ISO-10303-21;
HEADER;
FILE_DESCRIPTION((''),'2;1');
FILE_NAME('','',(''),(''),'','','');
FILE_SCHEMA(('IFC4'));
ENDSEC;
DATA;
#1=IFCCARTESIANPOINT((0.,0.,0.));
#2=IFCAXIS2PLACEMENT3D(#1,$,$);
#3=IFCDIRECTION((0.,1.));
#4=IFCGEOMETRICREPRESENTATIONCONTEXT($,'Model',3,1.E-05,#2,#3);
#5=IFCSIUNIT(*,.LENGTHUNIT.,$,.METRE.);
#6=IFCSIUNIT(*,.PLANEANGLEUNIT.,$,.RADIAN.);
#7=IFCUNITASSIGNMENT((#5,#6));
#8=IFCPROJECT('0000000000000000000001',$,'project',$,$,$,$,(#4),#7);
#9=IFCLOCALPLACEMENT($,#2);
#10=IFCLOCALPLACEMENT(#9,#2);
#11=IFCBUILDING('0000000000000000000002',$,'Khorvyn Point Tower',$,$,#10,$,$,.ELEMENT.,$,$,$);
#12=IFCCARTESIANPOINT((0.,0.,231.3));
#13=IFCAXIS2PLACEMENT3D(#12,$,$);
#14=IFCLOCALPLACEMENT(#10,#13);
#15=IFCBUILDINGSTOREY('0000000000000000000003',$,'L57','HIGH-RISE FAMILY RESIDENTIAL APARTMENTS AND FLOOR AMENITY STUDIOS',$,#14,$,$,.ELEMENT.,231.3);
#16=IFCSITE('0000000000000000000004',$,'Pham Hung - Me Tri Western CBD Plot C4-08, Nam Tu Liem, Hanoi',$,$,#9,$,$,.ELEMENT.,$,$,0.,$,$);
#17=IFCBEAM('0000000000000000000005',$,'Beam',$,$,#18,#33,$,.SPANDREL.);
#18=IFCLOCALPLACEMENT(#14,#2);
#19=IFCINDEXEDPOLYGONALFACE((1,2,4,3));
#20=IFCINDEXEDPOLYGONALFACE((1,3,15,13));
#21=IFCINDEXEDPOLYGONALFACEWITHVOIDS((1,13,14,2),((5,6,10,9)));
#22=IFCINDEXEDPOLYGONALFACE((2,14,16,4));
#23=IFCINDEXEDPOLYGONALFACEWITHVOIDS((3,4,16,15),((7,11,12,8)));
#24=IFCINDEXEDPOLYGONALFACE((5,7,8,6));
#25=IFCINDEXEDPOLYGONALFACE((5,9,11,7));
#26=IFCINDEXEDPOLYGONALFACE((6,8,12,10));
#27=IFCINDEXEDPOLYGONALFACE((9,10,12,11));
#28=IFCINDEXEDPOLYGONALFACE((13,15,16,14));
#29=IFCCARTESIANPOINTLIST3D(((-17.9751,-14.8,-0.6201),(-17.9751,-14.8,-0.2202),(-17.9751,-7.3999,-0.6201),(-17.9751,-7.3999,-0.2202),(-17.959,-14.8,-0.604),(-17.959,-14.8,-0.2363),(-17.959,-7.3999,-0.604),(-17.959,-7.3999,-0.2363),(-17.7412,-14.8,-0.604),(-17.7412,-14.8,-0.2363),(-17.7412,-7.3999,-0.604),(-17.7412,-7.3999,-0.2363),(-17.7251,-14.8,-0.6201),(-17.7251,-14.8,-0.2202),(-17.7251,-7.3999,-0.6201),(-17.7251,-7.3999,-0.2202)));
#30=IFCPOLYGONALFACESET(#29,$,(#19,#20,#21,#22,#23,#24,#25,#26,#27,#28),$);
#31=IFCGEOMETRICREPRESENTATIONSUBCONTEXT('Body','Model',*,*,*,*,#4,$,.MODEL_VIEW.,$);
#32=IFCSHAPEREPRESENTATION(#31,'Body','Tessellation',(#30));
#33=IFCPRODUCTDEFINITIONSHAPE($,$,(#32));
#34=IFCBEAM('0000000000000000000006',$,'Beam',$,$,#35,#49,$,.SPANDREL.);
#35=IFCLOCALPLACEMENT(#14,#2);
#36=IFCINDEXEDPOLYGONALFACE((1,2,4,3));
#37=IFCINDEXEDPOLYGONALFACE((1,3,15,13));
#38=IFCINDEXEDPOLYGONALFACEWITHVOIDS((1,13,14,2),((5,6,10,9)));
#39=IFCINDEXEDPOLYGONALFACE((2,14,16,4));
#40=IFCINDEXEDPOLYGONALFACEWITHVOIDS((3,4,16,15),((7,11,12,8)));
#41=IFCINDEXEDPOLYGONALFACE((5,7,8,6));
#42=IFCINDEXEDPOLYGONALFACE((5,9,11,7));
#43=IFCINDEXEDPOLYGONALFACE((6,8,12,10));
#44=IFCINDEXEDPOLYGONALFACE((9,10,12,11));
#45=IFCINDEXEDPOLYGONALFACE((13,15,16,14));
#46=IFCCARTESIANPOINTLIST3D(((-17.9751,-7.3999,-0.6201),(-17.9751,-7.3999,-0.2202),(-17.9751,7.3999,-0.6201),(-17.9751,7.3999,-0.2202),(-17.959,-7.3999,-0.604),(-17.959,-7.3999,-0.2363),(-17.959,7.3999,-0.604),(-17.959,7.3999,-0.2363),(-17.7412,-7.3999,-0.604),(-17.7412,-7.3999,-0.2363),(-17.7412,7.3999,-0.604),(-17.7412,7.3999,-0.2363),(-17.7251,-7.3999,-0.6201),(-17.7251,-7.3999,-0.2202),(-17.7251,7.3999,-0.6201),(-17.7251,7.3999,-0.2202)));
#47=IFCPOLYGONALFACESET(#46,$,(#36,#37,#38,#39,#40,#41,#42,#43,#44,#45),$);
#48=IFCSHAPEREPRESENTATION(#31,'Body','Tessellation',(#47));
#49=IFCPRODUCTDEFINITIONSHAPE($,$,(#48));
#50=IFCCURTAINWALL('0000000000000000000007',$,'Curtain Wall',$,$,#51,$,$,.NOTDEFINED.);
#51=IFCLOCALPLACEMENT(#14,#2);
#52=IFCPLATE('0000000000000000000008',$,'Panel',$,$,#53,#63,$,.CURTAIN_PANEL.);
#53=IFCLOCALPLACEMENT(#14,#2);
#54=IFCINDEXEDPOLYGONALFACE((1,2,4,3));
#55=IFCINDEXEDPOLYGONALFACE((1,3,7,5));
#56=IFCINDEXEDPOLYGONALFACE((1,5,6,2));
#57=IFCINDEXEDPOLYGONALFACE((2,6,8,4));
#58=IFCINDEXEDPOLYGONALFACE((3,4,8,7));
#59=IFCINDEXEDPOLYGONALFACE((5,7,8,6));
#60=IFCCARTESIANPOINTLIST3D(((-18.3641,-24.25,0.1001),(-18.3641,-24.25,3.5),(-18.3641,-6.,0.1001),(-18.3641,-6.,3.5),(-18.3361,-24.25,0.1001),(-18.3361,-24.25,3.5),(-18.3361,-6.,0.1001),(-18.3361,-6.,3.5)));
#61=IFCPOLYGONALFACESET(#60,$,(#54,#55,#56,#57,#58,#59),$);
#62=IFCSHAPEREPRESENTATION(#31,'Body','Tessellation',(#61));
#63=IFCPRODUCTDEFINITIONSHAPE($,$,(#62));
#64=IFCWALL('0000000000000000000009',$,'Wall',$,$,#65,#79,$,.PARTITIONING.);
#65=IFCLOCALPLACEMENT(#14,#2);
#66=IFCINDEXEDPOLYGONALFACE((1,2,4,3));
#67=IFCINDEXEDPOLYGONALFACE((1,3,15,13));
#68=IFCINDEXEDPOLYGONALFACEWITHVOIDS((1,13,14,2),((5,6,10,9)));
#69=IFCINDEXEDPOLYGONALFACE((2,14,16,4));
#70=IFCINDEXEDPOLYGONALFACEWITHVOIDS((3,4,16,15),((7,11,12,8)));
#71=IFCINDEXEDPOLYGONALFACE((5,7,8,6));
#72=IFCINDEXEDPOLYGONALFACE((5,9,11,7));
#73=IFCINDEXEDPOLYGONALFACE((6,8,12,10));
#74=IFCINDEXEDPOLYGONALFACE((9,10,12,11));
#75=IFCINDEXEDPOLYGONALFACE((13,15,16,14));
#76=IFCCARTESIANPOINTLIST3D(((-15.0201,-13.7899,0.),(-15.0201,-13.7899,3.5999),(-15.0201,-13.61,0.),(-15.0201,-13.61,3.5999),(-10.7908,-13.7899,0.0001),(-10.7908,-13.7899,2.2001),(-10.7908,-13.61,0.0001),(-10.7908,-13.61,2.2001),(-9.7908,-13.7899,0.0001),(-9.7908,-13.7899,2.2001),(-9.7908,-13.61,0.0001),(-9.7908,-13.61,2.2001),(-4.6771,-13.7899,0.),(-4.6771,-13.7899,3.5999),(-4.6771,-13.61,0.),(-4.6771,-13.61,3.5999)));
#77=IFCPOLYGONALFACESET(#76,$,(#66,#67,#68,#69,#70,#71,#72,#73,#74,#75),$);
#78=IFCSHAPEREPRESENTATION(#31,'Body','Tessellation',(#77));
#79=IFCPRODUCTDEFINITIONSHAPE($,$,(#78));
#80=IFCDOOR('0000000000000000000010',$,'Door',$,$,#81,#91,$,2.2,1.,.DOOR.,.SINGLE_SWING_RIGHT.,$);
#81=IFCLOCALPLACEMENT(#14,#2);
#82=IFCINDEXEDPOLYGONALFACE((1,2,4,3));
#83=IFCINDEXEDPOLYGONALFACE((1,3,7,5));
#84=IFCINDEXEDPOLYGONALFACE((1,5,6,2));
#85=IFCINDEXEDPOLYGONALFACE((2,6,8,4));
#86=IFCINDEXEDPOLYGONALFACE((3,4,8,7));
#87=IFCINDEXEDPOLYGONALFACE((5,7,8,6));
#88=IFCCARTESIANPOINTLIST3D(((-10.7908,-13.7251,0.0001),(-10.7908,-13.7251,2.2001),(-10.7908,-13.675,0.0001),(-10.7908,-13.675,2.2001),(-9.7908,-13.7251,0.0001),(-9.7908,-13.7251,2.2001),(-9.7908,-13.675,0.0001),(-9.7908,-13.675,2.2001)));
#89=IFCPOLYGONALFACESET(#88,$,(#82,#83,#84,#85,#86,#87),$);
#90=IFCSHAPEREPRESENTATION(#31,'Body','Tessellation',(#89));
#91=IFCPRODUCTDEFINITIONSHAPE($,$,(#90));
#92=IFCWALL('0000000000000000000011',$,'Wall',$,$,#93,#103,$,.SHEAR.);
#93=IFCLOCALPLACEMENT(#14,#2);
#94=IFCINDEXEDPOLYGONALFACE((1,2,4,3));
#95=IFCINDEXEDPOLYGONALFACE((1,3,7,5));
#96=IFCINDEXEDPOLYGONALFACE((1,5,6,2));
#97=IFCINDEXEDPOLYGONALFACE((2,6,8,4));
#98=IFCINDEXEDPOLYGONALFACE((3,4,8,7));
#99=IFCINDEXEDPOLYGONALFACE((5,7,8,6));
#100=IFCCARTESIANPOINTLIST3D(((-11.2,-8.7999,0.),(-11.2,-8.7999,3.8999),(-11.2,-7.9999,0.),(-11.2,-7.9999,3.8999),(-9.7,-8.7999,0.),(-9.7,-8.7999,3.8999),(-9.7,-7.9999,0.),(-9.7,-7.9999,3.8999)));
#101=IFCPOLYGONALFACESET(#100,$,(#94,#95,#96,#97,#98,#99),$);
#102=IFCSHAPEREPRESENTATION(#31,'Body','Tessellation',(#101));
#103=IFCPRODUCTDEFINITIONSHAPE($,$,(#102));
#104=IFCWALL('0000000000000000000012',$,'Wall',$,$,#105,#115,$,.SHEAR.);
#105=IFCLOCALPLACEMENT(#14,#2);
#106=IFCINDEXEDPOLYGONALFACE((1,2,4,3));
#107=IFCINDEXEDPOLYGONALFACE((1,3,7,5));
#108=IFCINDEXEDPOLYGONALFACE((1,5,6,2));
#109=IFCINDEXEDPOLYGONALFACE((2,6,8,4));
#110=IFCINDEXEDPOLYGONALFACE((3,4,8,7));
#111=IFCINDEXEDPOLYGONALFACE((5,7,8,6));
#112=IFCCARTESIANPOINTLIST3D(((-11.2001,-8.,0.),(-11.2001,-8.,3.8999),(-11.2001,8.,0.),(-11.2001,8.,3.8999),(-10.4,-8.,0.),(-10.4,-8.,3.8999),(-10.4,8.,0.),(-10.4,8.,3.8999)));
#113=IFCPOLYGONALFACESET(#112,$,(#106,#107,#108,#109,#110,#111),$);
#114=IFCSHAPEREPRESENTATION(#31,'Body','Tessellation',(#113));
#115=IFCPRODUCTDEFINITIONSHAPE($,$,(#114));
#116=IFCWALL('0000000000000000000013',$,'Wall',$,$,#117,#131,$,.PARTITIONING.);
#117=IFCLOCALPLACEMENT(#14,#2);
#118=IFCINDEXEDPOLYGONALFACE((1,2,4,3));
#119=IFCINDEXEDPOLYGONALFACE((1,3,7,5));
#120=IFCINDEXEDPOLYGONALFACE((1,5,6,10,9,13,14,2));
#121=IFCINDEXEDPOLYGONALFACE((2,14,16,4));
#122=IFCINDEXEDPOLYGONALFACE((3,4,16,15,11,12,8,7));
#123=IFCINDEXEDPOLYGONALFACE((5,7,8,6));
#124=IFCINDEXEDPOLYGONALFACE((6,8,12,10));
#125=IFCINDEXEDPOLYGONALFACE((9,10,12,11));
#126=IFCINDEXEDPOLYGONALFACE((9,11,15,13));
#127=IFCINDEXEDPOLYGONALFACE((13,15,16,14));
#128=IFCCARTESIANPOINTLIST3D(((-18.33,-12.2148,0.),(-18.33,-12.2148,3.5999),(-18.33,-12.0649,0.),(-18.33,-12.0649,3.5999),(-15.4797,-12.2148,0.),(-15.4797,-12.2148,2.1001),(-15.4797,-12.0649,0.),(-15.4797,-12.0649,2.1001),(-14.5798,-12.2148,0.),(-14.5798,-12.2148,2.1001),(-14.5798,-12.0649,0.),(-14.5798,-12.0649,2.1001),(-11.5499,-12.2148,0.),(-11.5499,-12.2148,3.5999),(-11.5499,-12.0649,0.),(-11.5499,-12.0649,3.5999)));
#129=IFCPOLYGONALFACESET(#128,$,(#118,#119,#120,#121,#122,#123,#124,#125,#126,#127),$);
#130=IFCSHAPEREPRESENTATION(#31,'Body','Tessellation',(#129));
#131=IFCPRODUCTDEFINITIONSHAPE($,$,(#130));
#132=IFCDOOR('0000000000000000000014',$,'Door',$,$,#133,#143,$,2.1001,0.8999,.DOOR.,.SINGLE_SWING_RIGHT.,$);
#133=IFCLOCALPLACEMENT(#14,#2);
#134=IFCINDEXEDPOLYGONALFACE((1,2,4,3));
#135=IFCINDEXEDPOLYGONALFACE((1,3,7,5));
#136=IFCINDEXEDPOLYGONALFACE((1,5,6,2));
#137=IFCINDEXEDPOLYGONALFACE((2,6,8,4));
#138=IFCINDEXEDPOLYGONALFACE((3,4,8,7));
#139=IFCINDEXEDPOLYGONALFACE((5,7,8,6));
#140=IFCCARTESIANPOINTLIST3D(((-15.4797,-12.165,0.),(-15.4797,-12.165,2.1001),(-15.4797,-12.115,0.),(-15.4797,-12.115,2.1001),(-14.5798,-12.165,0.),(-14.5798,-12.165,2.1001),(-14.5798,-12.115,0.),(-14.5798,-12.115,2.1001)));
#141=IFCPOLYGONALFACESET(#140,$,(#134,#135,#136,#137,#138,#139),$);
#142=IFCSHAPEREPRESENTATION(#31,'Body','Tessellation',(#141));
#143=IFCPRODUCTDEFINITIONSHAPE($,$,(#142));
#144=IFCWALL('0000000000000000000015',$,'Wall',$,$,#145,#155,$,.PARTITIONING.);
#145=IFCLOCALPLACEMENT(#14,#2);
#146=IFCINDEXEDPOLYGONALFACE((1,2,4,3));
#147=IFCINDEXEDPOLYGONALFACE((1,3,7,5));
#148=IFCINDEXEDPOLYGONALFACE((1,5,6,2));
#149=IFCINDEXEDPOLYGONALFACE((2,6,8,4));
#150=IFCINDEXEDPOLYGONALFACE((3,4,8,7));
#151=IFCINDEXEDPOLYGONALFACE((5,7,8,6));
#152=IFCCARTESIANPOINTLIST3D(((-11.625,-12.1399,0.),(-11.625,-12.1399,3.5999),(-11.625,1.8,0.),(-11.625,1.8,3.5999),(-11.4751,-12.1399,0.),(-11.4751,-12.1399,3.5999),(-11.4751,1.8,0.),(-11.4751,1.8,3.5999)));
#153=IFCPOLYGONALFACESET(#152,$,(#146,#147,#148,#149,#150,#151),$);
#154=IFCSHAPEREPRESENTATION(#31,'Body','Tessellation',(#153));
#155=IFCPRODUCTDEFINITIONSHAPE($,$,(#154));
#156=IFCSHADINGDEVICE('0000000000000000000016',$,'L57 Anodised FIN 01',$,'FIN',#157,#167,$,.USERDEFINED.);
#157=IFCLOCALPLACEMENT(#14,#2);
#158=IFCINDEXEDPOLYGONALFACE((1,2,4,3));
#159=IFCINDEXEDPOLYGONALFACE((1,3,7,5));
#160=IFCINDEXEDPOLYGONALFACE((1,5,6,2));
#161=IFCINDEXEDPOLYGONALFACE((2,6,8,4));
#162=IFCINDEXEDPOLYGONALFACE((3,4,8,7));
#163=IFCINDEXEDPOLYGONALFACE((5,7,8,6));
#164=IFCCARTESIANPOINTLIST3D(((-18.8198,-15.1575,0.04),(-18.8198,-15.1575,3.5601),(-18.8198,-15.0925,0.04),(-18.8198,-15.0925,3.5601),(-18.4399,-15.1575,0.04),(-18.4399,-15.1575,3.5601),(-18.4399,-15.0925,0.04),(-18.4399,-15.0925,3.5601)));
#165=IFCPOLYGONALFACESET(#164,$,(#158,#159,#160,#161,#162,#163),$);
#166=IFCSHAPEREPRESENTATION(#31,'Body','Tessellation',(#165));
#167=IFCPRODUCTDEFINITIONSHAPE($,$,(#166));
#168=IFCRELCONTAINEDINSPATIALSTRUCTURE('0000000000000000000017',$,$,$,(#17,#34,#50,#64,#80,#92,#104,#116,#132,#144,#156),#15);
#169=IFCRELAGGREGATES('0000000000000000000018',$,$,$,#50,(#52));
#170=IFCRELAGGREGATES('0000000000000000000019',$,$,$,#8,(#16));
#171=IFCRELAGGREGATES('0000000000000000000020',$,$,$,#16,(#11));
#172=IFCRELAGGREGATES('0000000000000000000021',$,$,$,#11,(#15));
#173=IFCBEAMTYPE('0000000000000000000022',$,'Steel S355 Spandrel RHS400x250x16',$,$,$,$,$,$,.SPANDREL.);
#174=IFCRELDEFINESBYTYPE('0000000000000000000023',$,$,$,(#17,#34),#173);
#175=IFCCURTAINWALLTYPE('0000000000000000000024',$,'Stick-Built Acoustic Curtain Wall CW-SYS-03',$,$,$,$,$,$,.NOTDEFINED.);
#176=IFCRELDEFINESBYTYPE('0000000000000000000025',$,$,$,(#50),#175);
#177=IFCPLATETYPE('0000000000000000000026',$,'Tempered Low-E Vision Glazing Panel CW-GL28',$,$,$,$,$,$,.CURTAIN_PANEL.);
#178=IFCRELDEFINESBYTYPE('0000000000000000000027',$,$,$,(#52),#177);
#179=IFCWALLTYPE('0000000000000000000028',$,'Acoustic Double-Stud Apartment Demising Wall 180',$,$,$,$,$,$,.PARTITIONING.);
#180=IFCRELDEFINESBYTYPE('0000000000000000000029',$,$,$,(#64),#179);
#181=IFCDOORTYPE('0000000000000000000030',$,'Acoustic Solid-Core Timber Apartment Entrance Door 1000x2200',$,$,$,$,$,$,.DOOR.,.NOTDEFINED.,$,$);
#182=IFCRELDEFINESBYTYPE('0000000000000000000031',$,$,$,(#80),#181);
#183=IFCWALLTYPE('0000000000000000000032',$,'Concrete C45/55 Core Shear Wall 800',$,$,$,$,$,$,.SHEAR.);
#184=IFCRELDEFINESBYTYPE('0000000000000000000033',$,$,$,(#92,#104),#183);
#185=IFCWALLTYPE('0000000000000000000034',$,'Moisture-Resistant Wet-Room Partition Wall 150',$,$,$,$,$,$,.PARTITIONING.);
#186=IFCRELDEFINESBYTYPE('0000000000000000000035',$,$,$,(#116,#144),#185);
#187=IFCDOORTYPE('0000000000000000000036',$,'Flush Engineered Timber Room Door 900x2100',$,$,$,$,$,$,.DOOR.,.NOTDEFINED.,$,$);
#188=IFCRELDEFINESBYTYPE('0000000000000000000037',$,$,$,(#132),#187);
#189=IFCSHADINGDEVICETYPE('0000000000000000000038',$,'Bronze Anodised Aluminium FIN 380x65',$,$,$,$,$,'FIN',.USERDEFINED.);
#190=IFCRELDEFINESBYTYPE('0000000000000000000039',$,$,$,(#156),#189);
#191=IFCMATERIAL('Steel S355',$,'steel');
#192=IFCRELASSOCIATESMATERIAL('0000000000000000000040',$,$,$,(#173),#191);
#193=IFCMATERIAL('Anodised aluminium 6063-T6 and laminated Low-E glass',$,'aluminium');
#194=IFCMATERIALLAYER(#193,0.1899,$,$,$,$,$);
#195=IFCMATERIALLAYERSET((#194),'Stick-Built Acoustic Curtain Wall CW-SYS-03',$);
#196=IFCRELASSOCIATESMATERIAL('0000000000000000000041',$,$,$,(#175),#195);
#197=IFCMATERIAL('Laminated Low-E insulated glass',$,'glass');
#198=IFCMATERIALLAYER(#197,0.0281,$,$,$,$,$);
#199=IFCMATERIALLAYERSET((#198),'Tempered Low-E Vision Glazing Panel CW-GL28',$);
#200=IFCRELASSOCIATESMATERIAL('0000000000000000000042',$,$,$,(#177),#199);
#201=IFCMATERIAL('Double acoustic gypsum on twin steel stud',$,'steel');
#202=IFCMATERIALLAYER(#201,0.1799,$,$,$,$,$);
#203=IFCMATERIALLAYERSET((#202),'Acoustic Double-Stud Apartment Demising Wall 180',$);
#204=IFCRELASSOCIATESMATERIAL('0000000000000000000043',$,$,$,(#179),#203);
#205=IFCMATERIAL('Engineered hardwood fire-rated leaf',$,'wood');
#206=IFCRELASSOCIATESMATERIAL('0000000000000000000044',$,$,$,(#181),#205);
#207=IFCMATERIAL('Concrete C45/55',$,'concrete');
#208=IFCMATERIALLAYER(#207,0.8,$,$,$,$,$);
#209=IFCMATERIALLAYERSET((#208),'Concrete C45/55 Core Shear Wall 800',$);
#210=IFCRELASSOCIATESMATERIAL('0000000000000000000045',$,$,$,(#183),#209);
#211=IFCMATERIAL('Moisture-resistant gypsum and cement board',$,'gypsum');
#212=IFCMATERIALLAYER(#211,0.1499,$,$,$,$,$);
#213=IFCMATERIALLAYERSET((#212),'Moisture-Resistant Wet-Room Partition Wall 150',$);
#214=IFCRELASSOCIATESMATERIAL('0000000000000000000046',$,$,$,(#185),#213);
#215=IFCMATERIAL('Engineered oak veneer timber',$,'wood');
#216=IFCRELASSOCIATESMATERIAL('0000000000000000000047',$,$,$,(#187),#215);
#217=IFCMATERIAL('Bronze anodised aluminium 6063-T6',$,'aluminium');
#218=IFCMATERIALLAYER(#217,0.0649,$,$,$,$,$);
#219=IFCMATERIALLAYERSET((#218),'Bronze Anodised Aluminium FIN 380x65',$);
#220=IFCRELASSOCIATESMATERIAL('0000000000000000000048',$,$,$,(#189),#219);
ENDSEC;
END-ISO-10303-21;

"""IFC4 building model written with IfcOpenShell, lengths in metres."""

from ifc_helpers import new_model, si_unit, direction, frame, frame_2d, origin, origin_2d, place, context, subcontext, project, spatial, rectangle, hollow_rectangle, extrude, material, layer, layer_set, material_profile, profile_set, type_object, element, fill, aggregate, save


model = new_model("IFC4")

# Units and contexts
model_context = context("Model", 3, precision=1e-05, world=origin(), true_north=direction((0.0, 1.0)))
body_context = subcontext(model_context, "Body", "Model", "MODEL_VIEW")
ifc_project = project(units=[si_unit("LENGTHUNIT", "METRE"), si_unit("PLANEANGLEUNIT", "RADIAN")], contexts=[model_context])

# Site, building, storey
site_placement = place(None, origin())
site = spatial("IfcSite", under=ifc_project, at=site_placement, Name="Pham Hung - Me Tri Western CBD Plot C4-08, Nam Tu Liem, Hanoi", CompositionType="ELEMENT", RefElevation=0.0)
building_placement = place(site_placement, origin())
building = spatial("IfcBuilding", under=site, at=building_placement, Name="Khorvyn Point Tower", CompositionType="ELEMENT")
storey_placement = place(building_placement, frame((0.0, 0.0, 231.3)))
storey = spatial("IfcBuildingStorey", under=building, at=storey_placement, Name="L57", Description="HIGH-RISE FAMILY RESIDENTIAL APARTMENTS AND FLOOR AMENITY STUDIOS", CompositionType="ELEMENT", Elevation=231.3)

# Shared definitions
ifc_material_1 = material(Name="Concrete C45/55", Category="concrete")

# Beams
ifc_material_2 = material(Name="Steel S355", Category="steel")
ifc_material_profile_1 = material_profile(ifc_material_2, hollow_rectangle(XDim=0.25, YDim=0.3999, WallThickness=0.0161, at=origin_2d()))
ifc_profile_set_1 = profile_set([ifc_material_profile_1], Name="Steel S355 RHS400x250x16")
beam_type_1 = type_object("IfcBeamType", Name="Steel S355 Spandrel RHS400x250x16", PredefinedType="SPANDREL", material=ifc_profile_set_1)
beam_1_placement = place(storey_placement, frame((-17.8501, -14.8, -0.4202), z_axis=(0.0, 1.0, 0.0), x_axis=(-1.0, 0.0, 0.0)))
element("IfcBeam", 1, at=beam_1_placement, inside=storey, type_object=beam_type_1, Name="Beam", PredefinedType="SPANDREL", context=body_context, shape_type="SweptSolid", body=[
    extrude(hollow_rectangle(XDim=0.25, YDim=0.3999, WallThickness=0.0161, at=origin_2d()), origin(), (0.0, 0.0, 1.0), 7.4001),
])
beam_2_placement = place(storey_placement, frame((-17.8501, -7.3999, -0.4202), z_axis=(0.0, 1.0, 0.0), x_axis=(-1.0, 0.0, 0.0)))
element("IfcBeam", 2, at=beam_2_placement, inside=storey, type_object=beam_type_1, Name="Beam", PredefinedType="SPANDREL", context=body_context, shape_type="SweptSolid", body=[
    extrude(hollow_rectangle(XDim=0.25, YDim=0.3999, WallThickness=0.0161, at=origin_2d()), origin(), (0.0, 0.0, 1.0), 14.7998),
])

# Curtain wall, plate
ifc_material_3 = material(Name="Anodised aluminium 6063-T6 and laminated Low-E glass", Category="aluminium")
ifc_layer_1 = layer(ifc_material_3, 0.1899)
ifc_layer_set_1 = layer_set([ifc_layer_1], Name="Stick-Built Acoustic Curtain Wall CW-SYS-03")
curtain_wall_type = type_object("IfcCurtainWallType", Name="Stick-Built Acoustic Curtain Wall CW-SYS-03", PredefinedType="NOTDEFINED", material=ifc_layer_set_1)
curtain_wall_placement = place(storey_placement, origin())
curtain_wall = element("IfcCurtainWall", 3, at=curtain_wall_placement, inside=storey, type_object=curtain_wall_type, Name="Curtain Wall", PredefinedType="NOTDEFINED")
ifc_material_4 = material(Name="Laminated Low-E insulated glass", Category="glass")
ifc_layer_2 = layer(ifc_material_4, 0.0281)
ifc_layer_set_2 = layer_set([ifc_layer_2], Name="Tempered Low-E Vision Glazing Panel CW-GL28")
plate_type = type_object("IfcPlateType", Name="Tempered Low-E Vision Glazing Panel CW-GL28", PredefinedType="CURTAIN_PANEL", material=ifc_layer_set_2)
plate_placement = place(storey_placement, frame((-18.3501, -15.125, 0.1001), z_axis=(0.0, 0.0, 1.0), x_axis=(0.0, 1.0, 0.0)))
plate = element("IfcPlate", 4, at=plate_placement, type_object=plate_type, Name="Panel", PredefinedType="CURTAIN_PANEL", context=body_context, shape_type="SweptSolid", body=[
    extrude(rectangle(XDim=18.25, YDim=0.0281, at=origin_2d()), origin(), (0.0, 0.0, 1.0), 3.3999),
])
aggregate(curtain_wall, [plate])

# Wall, opening, door
ifc_material_5 = material(Name="Double acoustic gypsum on twin steel stud", Category="steel")
ifc_layer_3 = layer(ifc_material_5, 0.1799)
ifc_layer_set_3 = layer_set([ifc_layer_3], Name="Acoustic Double-Stud Apartment Demising Wall 180")
wall_type_1 = type_object("IfcWallType", Name="Acoustic Double-Stud Apartment Demising Wall 180", PredefinedType="PARTITIONING", material=ifc_layer_set_3)
wall_1_placement = place(storey_placement, frame((-15.02, -13.7, 0.0), z_axis=(0.0, 0.0, 1.0), x_axis=(1.0, 0.0, 0.0)))
wall_1 = element("IfcWall", 5, at=wall_1_placement, inside=storey, type_object=wall_type_1, Name="Wall", PredefinedType="PARTITIONING", context=body_context, shape_type="SweptSolid", body=[
    extrude(rectangle(XDim=10.343, YDim=0.1799, at=frame_2d((5.1714, 0.0))), origin(), (0.0, 0.0, 1.0), 3.5999),
])
opening_1_placement = place(wall_1_placement, frame((4.2292, 0.0, 0.0)))
opening_1 = element("IfcOpeningElement", 6, at=opening_1_placement, cuts=wall_1, PredefinedType="OPENING", context=body_context, shape_type="SweptSolid", body=[
    extrude(rectangle(XDim=1.0, YDim=2.2, at=frame_2d((0.5, 1.1001))), frame((0.0, 0.0999, 0.0), z_axis=(0.0, -1.0, 0.0), x_axis=(1.0, 0.0, 0.0)), (0.0, 0.0, 1.0), 0.2),
])
ifc_material_6 = material(Name="Engineered hardwood fire-rated leaf", Category="wood")
door_type_1 = type_object("IfcDoorType", Name="Acoustic Solid-Core Timber Apartment Entrance Door 1000x2200", OperationType="NOTDEFINED", PredefinedType="DOOR", material=ifc_material_6)
door_1_placement = place(opening_1_placement, origin())
door_1 = element("IfcDoor", 7, at=door_1_placement, inside=storey, type_object=door_type_1, Name="Door", OperationType="SINGLE_SWING_RIGHT", OverallHeight=2.2, OverallWidth=1.0, PredefinedType="DOOR", context=body_context, shape_type="SweptSolid", body=[
    extrude(rectangle(XDim=1.0, YDim=2.2, at=frame_2d((0.5, 1.1001))), frame((0.0, 0.0249, 0.0), z_axis=(0.0, -1.0, 0.0), x_axis=(1.0, 0.0, 0.0)), (0.0, 0.0, 1.0), 0.05),
])
fill(opening_1, door_1)

# Walls
ifc_layer_4 = layer(ifc_material_1, 0.8)
ifc_layer_set_4 = layer_set([ifc_layer_4], Name="Concrete C45/55 Core Shear Wall 800")
wall_type_2 = type_object("IfcWallType", Name="Concrete C45/55 Core Shear Wall 800", PredefinedType="SHEAR", material=ifc_layer_set_4)
wall_2_placement = place(storey_placement, frame((-11.2, -8.3999, 0.0), z_axis=(0.0, 0.0, 1.0), x_axis=(1.0, 0.0, 0.0)))
element("IfcWall", 8, at=wall_2_placement, inside=storey, type_object=wall_type_2, Name="Wall", PredefinedType="SHEAR", context=body_context, shape_type="SweptSolid", body=[
    extrude(rectangle(XDim=1.5, YDim=0.8, at=frame_2d((0.75, 0.0))), origin(), (0.0, 0.0, 1.0), 3.8999),
])
wall_3_placement = place(storey_placement, frame((-10.8, -8.0, 0.0), z_axis=(0.0, 0.0, 1.0), x_axis=(0.0, 1.0, 0.0)))
element("IfcWall", 9, at=wall_3_placement, inside=storey, type_object=wall_type_2, Name="Wall", PredefinedType="SHEAR", context=body_context, shape_type="SweptSolid", body=[
    extrude(rectangle(XDim=16.0, YDim=0.8, at=frame_2d((8.0, 0.0))), origin(), (0.0, 0.0, 1.0), 3.8999),
])

# Wall, opening, door
ifc_material_7 = material(Name="Moisture-resistant gypsum and cement board", Category="gypsum")
ifc_layer_5 = layer(ifc_material_7, 0.1499)
ifc_layer_set_5 = layer_set([ifc_layer_5], Name="Moisture-Resistant Wet-Room Partition Wall 150")
wall_type_3 = type_object("IfcWallType", Name="Moisture-Resistant Wet-Room Partition Wall 150", PredefinedType="PARTITIONING", material=ifc_layer_set_5)
wall_4_placement = place(storey_placement, frame((-18.3301, -12.1399, 0.0), z_axis=(0.0, 0.0, 1.0), x_axis=(1.0, 0.0, 0.0)))
wall_4 = element("IfcWall", 10, at=wall_4_placement, inside=storey, type_object=wall_type_3, Name="Wall", PredefinedType="PARTITIONING", context=body_context, shape_type="SweptSolid", body=[
    extrude(rectangle(XDim=6.78, YDim=0.1499, at=frame_2d((3.3901, 0.0))), origin(), (0.0, 0.0, 1.0), 3.5999),
])
opening_2_placement = place(wall_4_placement, frame((2.8503, 0.0, 0.0)))
opening_2 = element("IfcOpeningElement", 11, at=opening_2_placement, cuts=wall_4, PredefinedType="OPENING", context=body_context, shape_type="SweptSolid", body=[
    extrude(rectangle(XDim=0.8999, YDim=2.1001, at=frame_2d((0.45, 1.05))), frame((0.0, 0.085, 0.0), z_axis=(0.0, -1.0, 0.0), x_axis=(1.0, 0.0, 0.0)), (0.0, 0.0, 1.0), 0.1699),
])
ifc_material_8 = material(Name="Engineered oak veneer timber", Category="wood")
door_type_2 = type_object("IfcDoorType", Name="Flush Engineered Timber Room Door 900x2100", OperationType="NOTDEFINED", PredefinedType="DOOR", material=ifc_material_8)
door_2_placement = place(opening_2_placement, origin())
door_2 = element("IfcDoor", 12, at=door_2_placement, inside=storey, type_object=door_type_2, Name="Door", OperationType="SINGLE_SWING_RIGHT", OverallHeight=2.1001, OverallWidth=0.8999, PredefinedType="DOOR", context=body_context, shape_type="SweptSolid", body=[
    extrude(rectangle(XDim=0.8999, YDim=2.1001, at=frame_2d((0.45, 1.05))), frame((0.0, 0.0249, 0.0), z_axis=(0.0, -1.0, 0.0), x_axis=(1.0, 0.0, 0.0)), (0.0, 0.0, 1.0), 0.05),
])
fill(opening_2, door_2)

# Wall
wall_5_placement = place(storey_placement, frame((-11.55, -12.1399, 0.0), z_axis=(0.0, 0.0, 1.0), x_axis=(0.0, 1.0, 0.0)))
element("IfcWall", 13, at=wall_5_placement, inside=storey, type_object=wall_type_3, Name="Wall", PredefinedType="PARTITIONING", context=body_context, shape_type="SweptSolid", body=[
    extrude(rectangle(XDim=13.9399, YDim=0.1499, at=frame_2d((6.97, 0.0))), origin(), (0.0, 0.0, 1.0), 3.5999),
])

# Shading device
ifc_material_9 = material(Name="Bronze anodised aluminium 6063-T6", Category="aluminium")
ifc_layer_6 = layer(ifc_material_9, 0.0649)
ifc_layer_set_6 = layer_set([ifc_layer_6], Name="Bronze Anodised Aluminium FIN 380x65")
shading_device_type = type_object("IfcShadingDeviceType", Name="Bronze Anodised Aluminium FIN 380x65", ElementType="FIN", PredefinedType="USERDEFINED", material=ifc_layer_set_6)
shading_device_placement = place(storey_placement, frame((-18.6299, -15.125, 0.04), z_axis=(0.0, 0.0, 1.0), x_axis=(-1.0, 0.0, 0.0)))
element("IfcShadingDevice", 14, at=shading_device_placement, inside=storey, type_object=shading_device_type, Name="L57 Anodised FIN 01", ObjectType="FIN", PredefinedType="USERDEFINED", context=body_context, shape_type="SweptSolid", body=[
    extrude(rectangle(XDim=0.3799, YDim=0.0649, at=origin_2d()), origin(), (0.0, 0.0, 1.0), 3.52),
])

save(model, "model.ifc")
